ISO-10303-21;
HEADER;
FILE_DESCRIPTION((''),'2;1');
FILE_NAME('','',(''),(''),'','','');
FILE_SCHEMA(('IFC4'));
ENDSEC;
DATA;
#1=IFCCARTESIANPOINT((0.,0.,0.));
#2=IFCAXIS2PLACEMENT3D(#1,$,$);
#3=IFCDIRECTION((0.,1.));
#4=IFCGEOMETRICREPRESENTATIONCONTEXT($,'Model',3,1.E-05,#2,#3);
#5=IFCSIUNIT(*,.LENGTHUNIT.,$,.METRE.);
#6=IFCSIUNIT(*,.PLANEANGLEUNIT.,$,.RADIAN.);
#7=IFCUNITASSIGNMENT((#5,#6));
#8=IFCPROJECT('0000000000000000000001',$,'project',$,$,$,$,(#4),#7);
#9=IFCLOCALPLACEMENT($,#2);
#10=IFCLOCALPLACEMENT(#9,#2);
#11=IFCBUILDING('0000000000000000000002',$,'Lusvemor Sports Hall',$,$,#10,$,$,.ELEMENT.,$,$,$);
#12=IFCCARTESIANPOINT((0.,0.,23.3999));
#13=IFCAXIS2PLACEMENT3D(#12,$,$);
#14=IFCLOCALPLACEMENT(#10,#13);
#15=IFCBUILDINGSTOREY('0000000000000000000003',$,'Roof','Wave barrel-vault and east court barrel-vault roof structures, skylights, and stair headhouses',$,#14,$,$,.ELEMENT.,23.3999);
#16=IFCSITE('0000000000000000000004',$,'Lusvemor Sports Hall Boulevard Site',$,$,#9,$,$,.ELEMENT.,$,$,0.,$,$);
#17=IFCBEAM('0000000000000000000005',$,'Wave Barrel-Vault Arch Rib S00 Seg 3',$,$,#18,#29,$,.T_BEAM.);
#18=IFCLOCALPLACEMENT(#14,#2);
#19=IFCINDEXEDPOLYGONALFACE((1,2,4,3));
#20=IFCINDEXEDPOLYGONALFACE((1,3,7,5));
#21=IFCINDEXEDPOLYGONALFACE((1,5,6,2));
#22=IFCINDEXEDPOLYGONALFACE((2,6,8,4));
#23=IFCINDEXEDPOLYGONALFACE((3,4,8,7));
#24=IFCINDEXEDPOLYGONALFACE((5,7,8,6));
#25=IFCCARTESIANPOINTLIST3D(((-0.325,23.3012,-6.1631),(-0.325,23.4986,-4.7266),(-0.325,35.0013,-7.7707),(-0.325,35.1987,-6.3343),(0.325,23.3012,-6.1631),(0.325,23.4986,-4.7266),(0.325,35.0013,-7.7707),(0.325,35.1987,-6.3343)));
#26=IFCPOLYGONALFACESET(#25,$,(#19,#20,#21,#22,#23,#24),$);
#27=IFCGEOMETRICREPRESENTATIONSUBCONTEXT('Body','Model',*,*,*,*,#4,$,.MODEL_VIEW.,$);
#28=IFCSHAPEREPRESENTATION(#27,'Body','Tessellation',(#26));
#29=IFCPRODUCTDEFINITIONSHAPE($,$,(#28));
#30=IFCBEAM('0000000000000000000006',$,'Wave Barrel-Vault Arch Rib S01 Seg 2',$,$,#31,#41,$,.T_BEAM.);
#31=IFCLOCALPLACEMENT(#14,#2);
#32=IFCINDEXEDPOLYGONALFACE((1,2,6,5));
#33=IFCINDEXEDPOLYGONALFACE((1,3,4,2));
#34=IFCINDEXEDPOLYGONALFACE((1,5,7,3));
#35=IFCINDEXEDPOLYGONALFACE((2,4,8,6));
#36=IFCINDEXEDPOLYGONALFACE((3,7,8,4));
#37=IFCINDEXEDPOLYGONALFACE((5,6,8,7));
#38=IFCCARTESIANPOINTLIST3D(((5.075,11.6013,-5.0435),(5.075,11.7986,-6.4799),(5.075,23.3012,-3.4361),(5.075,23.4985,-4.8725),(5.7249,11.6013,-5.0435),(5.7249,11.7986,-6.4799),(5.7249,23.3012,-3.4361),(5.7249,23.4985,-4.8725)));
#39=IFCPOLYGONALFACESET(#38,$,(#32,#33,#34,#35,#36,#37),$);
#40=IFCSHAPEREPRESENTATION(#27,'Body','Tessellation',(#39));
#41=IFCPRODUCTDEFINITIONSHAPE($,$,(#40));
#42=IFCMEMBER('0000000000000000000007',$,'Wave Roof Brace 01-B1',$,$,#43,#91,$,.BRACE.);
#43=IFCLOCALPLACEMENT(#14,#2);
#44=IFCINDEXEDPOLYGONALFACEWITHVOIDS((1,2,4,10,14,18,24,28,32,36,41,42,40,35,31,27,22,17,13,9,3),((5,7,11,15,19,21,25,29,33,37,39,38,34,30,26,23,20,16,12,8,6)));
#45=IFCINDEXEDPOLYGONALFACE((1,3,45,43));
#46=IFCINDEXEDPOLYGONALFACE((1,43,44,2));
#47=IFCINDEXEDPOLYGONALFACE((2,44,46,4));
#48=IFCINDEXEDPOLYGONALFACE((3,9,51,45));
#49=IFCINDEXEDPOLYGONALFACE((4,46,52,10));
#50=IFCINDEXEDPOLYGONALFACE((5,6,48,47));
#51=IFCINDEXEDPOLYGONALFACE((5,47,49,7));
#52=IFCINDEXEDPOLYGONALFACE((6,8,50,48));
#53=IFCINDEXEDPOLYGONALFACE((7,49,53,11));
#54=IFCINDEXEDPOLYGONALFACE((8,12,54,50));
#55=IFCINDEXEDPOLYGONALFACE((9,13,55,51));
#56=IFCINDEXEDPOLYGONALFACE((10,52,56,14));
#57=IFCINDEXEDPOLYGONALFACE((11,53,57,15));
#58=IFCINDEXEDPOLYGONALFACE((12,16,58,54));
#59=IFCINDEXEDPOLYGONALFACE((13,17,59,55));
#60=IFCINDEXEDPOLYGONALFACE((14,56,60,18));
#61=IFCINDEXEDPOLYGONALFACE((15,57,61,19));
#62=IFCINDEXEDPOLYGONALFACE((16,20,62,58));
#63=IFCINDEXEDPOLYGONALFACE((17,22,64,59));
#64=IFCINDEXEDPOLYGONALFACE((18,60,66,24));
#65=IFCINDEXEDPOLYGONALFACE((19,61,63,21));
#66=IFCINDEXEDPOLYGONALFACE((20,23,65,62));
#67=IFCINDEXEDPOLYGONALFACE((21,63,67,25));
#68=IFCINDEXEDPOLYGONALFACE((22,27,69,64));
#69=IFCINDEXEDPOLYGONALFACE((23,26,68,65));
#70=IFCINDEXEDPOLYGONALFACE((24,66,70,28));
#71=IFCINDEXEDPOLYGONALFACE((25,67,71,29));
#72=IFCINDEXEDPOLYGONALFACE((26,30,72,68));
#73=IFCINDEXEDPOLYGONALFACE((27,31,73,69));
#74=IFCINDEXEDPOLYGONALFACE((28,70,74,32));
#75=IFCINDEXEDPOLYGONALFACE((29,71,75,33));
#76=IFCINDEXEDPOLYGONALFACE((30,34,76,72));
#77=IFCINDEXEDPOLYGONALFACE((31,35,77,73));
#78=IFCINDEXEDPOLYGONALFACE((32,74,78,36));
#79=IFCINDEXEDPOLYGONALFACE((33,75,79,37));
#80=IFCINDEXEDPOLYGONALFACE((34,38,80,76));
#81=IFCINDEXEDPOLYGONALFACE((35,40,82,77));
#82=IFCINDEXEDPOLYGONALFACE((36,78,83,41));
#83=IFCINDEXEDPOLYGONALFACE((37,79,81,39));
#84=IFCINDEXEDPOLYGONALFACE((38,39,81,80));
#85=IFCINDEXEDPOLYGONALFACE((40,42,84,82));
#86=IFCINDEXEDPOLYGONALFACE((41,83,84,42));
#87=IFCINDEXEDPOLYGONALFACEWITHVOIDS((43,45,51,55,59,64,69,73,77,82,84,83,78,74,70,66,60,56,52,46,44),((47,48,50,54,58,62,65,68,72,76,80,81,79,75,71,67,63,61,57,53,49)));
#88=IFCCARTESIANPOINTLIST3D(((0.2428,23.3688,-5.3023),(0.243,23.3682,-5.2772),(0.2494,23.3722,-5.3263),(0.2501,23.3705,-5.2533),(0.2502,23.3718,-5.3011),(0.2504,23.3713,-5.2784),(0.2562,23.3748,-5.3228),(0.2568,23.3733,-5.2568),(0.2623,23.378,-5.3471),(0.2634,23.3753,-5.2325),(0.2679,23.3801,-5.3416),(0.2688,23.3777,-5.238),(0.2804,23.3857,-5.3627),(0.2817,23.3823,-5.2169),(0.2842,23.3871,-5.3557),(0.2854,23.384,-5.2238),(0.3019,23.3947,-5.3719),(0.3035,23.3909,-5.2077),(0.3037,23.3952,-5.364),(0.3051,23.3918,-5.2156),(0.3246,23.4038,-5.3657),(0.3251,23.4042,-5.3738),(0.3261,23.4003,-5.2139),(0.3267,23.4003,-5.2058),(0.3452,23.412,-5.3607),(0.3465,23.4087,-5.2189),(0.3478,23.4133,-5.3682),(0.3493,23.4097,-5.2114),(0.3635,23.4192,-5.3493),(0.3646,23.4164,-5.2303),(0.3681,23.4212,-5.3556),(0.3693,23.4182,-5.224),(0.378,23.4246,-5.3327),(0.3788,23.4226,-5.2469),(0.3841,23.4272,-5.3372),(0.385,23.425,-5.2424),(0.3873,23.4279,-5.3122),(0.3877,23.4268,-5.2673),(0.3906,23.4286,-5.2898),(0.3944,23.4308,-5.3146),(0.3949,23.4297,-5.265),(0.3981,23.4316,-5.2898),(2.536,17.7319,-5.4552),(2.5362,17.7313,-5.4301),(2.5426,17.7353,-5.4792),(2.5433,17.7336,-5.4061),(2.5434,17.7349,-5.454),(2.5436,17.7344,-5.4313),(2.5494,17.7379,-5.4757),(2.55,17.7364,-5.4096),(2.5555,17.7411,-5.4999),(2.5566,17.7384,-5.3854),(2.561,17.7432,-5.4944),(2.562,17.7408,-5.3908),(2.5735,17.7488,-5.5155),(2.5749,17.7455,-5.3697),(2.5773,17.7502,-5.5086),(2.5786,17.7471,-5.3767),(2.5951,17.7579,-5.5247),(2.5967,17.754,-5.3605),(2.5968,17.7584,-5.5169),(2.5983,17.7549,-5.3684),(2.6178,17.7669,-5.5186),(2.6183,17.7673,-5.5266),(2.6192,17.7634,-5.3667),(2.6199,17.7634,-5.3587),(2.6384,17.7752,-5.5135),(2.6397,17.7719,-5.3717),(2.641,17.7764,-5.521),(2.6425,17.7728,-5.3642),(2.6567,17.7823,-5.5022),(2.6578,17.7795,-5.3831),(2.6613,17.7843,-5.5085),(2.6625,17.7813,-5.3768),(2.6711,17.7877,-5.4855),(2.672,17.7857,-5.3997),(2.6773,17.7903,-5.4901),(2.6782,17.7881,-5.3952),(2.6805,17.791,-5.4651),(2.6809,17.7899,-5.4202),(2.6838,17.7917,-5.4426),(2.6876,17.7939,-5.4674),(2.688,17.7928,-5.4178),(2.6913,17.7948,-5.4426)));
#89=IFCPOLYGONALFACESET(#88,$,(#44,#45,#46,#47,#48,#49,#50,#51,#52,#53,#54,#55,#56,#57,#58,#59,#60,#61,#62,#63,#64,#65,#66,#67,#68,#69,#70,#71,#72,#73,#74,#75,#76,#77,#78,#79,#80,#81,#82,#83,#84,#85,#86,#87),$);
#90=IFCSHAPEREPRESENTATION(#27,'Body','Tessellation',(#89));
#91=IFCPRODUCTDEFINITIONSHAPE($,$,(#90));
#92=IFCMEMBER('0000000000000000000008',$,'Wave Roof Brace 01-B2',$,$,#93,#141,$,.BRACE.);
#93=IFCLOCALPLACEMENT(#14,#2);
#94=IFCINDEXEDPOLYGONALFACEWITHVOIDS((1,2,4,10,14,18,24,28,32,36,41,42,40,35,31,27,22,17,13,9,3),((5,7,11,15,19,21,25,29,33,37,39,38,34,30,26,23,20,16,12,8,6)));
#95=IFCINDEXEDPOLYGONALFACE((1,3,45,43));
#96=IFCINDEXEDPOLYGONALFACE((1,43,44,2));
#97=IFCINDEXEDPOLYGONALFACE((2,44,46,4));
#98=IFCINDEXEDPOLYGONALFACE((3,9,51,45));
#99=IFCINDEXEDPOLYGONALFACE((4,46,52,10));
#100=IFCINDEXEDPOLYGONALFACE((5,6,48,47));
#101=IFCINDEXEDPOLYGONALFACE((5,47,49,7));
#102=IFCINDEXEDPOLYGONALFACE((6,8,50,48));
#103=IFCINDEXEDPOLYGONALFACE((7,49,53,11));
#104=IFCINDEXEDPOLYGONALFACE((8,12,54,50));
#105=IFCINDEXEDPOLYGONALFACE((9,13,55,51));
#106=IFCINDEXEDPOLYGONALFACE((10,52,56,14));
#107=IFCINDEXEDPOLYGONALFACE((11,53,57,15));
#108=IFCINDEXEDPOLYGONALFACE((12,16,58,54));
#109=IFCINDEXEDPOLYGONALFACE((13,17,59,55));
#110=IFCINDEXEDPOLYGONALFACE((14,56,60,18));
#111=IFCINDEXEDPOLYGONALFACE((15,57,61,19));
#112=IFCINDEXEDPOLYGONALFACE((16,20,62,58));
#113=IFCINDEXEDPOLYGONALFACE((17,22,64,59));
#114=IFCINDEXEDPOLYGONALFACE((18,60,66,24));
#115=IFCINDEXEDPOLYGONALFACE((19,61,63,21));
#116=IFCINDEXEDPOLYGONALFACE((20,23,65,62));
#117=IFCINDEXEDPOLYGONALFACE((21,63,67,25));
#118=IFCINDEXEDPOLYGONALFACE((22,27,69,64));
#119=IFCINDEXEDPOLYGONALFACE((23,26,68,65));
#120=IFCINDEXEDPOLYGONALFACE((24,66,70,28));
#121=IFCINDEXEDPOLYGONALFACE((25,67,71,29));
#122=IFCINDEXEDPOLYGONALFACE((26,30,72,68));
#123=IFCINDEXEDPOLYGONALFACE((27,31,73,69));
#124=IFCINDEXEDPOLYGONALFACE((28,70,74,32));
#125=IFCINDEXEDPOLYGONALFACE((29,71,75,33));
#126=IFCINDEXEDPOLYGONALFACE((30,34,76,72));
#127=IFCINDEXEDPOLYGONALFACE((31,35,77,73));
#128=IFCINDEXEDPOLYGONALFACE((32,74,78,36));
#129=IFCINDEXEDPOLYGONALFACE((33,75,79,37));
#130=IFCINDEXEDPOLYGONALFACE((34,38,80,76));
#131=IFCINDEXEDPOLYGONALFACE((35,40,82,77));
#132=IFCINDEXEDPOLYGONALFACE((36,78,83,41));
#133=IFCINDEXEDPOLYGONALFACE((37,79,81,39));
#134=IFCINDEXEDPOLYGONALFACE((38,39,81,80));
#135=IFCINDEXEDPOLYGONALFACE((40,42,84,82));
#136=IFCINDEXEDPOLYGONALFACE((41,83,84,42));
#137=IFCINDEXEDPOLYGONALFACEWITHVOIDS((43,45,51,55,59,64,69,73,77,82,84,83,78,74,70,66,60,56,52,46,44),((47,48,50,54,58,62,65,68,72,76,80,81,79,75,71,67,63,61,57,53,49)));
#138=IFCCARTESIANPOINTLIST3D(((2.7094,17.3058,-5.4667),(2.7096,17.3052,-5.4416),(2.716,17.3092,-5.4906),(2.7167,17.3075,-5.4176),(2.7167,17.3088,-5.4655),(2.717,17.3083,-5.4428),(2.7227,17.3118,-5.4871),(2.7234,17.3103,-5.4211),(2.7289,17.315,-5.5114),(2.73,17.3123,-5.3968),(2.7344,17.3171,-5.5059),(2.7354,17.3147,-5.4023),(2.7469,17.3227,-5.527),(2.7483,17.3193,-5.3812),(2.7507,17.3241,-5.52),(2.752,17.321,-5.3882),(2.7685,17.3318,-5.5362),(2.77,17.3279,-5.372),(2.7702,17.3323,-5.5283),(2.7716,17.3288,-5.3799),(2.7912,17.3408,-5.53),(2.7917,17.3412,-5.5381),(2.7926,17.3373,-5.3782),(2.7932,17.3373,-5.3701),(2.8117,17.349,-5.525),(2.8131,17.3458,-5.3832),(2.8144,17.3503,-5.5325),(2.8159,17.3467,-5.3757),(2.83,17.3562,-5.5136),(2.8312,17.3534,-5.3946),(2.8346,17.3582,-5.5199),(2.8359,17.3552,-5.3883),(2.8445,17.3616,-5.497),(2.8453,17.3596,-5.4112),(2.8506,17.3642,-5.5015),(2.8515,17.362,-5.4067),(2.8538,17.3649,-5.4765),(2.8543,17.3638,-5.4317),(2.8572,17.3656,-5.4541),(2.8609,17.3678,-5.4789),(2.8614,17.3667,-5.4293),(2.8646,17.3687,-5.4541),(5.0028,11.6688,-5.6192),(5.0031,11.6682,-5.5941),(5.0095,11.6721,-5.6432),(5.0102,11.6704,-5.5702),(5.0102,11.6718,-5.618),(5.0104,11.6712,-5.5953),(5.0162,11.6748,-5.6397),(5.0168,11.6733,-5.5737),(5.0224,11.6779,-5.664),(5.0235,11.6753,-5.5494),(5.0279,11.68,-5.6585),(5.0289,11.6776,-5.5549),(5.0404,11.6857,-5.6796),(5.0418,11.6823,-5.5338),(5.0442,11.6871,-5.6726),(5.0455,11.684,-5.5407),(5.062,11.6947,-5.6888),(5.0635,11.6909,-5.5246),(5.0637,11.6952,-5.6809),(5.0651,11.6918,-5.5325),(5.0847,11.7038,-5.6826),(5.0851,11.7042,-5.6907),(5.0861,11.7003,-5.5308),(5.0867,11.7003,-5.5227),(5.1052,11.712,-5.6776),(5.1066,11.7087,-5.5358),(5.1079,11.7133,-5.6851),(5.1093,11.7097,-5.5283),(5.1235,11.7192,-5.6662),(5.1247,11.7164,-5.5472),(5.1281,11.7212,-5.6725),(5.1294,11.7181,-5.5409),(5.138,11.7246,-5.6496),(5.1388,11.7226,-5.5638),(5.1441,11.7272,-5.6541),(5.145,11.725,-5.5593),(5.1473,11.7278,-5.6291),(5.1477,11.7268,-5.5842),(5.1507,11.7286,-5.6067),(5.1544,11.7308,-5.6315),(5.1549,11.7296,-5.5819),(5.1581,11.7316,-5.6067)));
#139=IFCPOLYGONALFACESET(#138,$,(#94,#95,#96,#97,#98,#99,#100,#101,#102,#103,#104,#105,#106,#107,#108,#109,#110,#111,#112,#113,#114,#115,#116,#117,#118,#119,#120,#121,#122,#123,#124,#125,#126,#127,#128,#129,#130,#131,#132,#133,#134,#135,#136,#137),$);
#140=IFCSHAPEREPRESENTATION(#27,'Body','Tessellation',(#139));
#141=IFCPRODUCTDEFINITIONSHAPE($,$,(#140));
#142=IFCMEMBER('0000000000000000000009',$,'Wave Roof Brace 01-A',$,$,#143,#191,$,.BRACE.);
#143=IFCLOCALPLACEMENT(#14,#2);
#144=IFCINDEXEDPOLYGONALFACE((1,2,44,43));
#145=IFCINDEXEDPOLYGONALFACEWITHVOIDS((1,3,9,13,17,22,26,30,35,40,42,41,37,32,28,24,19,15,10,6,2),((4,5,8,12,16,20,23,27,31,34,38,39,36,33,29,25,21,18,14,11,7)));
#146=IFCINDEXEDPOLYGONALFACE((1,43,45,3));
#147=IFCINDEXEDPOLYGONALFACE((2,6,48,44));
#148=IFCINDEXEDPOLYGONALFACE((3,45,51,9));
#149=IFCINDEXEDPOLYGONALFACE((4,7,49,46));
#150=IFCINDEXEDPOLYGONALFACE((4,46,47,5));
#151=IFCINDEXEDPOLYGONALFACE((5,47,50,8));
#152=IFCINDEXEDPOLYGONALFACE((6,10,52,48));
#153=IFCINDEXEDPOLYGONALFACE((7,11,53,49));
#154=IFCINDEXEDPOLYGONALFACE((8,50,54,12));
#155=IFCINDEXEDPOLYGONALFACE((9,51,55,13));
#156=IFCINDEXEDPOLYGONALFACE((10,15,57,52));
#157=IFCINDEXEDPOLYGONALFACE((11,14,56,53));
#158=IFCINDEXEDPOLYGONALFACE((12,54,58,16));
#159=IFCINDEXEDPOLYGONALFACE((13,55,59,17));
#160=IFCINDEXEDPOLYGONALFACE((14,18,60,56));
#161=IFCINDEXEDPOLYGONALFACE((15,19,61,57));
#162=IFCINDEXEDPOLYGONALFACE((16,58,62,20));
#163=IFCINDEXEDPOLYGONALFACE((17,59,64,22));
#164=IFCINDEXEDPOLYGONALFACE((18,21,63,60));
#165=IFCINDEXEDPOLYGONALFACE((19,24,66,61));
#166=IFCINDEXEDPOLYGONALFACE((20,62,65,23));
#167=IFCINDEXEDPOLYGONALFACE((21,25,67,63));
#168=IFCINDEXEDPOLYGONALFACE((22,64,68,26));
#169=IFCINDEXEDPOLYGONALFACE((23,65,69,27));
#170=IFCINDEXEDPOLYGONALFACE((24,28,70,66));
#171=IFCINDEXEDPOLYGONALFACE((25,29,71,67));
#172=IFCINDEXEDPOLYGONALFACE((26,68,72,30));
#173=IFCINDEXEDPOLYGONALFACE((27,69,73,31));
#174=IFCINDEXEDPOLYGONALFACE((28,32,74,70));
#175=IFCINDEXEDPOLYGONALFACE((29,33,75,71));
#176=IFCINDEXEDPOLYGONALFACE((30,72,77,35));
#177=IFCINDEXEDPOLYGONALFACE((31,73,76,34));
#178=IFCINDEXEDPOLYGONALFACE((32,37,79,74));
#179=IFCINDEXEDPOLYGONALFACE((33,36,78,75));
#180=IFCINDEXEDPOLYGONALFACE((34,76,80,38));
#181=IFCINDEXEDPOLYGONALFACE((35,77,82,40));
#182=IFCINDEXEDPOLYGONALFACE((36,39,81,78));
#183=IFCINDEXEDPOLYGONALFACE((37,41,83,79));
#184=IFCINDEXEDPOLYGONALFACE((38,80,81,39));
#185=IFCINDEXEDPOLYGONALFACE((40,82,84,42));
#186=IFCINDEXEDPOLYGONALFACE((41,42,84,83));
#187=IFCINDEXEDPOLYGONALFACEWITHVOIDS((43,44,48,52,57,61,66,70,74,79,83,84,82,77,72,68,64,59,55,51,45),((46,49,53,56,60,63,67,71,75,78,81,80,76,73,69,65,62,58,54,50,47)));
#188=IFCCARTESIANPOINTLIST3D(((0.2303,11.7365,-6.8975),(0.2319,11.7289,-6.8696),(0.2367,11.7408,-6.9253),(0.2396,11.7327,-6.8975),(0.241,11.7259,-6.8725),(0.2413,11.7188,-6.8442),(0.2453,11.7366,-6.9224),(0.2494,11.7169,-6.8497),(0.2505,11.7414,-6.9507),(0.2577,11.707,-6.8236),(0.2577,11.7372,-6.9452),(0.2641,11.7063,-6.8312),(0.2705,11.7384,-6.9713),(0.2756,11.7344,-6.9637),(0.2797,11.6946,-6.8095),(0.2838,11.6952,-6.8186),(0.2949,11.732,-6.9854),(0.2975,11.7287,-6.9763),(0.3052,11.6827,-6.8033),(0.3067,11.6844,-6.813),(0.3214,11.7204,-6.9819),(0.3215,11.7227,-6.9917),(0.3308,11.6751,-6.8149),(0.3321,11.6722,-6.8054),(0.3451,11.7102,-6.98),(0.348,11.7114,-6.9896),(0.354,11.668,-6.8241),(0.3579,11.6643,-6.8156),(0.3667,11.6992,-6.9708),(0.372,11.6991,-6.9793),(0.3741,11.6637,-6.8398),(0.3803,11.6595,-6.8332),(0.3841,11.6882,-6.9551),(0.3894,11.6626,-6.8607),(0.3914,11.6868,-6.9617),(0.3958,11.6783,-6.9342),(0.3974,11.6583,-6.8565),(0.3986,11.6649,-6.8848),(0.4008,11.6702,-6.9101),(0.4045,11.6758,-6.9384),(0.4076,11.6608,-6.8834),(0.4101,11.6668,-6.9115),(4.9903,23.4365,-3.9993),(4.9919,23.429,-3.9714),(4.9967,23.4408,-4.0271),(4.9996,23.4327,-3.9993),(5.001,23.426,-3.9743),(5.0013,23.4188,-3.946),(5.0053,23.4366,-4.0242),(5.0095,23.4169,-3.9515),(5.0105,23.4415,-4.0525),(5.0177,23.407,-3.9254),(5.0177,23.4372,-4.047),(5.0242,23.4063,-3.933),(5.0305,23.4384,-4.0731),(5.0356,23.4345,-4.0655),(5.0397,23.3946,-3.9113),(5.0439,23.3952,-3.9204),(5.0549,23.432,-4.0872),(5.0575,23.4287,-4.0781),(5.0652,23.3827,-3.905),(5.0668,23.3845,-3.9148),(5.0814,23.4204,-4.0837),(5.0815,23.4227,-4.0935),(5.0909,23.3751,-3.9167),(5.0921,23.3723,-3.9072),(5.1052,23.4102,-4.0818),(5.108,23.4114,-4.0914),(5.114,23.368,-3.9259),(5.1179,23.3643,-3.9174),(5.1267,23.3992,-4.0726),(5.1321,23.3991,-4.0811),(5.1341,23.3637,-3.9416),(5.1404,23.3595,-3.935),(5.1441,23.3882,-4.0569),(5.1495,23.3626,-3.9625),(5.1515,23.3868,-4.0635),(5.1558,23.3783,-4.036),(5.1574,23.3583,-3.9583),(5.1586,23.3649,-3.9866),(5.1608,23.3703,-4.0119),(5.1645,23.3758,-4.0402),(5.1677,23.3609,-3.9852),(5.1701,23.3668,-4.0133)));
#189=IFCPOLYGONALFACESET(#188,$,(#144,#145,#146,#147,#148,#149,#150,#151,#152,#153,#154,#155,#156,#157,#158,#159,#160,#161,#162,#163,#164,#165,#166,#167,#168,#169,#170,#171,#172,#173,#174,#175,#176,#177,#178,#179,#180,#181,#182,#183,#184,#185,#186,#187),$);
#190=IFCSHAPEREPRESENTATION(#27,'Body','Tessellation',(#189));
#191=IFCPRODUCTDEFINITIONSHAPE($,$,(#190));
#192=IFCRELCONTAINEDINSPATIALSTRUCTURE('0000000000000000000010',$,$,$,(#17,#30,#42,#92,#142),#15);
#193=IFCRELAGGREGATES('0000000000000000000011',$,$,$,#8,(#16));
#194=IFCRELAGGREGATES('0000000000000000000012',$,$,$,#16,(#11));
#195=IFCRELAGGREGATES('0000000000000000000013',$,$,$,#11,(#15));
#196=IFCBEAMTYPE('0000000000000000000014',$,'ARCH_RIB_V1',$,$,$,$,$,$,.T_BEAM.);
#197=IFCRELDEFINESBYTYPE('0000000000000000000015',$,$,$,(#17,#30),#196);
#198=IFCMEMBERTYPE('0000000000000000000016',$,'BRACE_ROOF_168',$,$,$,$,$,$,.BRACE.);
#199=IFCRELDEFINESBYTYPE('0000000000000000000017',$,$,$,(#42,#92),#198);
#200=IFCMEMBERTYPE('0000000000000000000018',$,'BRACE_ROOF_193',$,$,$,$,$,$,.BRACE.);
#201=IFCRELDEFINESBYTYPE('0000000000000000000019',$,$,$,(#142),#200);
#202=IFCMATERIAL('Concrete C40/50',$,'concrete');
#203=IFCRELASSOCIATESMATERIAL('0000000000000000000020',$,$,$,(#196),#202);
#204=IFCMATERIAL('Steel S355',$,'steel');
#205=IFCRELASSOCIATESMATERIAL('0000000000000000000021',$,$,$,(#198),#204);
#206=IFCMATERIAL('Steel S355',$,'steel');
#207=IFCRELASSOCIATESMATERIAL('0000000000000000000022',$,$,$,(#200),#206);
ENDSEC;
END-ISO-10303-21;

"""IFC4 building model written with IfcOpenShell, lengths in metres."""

from ifc_helpers import new_model, si_unit, direction, frame, origin, origin_2d, place, context, subcontext, project, spatial, rectangle, hollow_circle, extrude, material, material_profile, profile_set, type_object, element, save


model = new_model("IFC4")

# Units and contexts
model_context = context("Model", 3, precision=1e-05, world=origin(), true_north=direction((0.0, 1.0)))
body_context = subcontext(model_context, "Body", "Model", "MODEL_VIEW")
ifc_project = project(units=[si_unit("LENGTHUNIT", "METRE"), si_unit("PLANEANGLEUNIT", "RADIAN")], contexts=[model_context])

# Site, building, storey
site_placement = place(None, origin())
site = spatial("IfcSite", under=ifc_project, at=site_placement, Name="Lusvemor Sports Hall Boulevard Site", CompositionType="ELEMENT", RefElevation=0.0)
building_placement = place(site_placement, origin())
building = spatial("IfcBuilding", under=site, at=building_placement, Name="Lusvemor Sports Hall", CompositionType="ELEMENT")
storey_placement = place(building_placement, frame((0.0, 0.0, 23.3999)))
storey = spatial("IfcBuildingStorey", under=building, at=storey_placement, Name="Roof", Description="Wave barrel-vault and east court barrel-vault roof structures, skylights, and stair headhouses", CompositionType="ELEMENT", Elevation=23.3999)

# Beams
ifc_material_1 = material(Name="Concrete C40/50", Category="concrete")
ifc_material_profile_1 = material_profile(ifc_material_1, rectangle(XDim=0.6499, YDim=1.45, at=origin_2d()), Name="RC650x1450")
ifc_profile_set_1 = profile_set([ifc_material_profile_1], Name="Concrete C40/50")
beam_type = type_object("IfcBeamType", Name="ARCH_RIB_V1", PredefinedType="T_BEAM", material=ifc_profile_set_1)
beam_1_placement = place(storey_placement, frame((0.0, 23.3999, -5.4448), z_axis=(0.0, 0.990692, -0.136126), x_axis=(-1.0, 0.0, 0.0)))
element("IfcBeam", 1, at=beam_1_placement, inside=storey, type_object=beam_type, Name="Wave Barrel-Vault Arch Rib S00 Seg 3", PredefinedType="T_BEAM", context=body_context, shape_type="SweptSolid", body=[
    extrude(rectangle(XDim=0.6499, YDim=1.45, at=origin_2d()), origin(), (0.0, 0.0, 1.0), 11.8101),
])
beam_2_placement = place(storey_placement, frame((5.3999, 11.7, -5.7617), z_axis=(0.0, 0.990694, 0.136109), x_axis=(-1.0, 0.0, 0.0)))
element("IfcBeam", 2, at=beam_2_placement, inside=storey, type_object=beam_type, Name="Wave Barrel-Vault Arch Rib S01 Seg 2", PredefinedType="T_BEAM", context=body_context, shape_type="SweptSolid", body=[
    extrude(rectangle(XDim=0.6499, YDim=1.45, at=origin_2d()), origin(), (0.0, 0.0, 1.0), 11.8098),
])

# Members
ifc_material_2 = material(Name="Steel S355", Category="steel")
ifc_material_profile_2 = material_profile(ifc_material_2, hollow_circle(Radius=0.0842, WallThickness=0.0081, at=origin_2d()), Name="CHS168.3x8.0")
ifc_profile_set_2 = profile_set([ifc_material_profile_2], Name="Steel S355")
member_type_1 = type_object("IfcMemberType", Name="BRACE_ROOF_168", PredefinedType="BRACE", material=ifc_profile_set_2)
member_1_placement = place(storey_placement, frame((0.3201, 23.3999, -5.2898), z_axis=(0.376709, -0.925991, -0.025106), x_axis=(0.926283, 0.376828, 0.0)))
element("IfcMember", 3, at=member_1_placement, inside=storey, type_object=member_type_1, Name="Wave Roof Brace 01-B1", PredefinedType="BRACE", context=body_context, shape_type="SweptSolid", body=[
    extrude(hollow_circle(Radius=0.0842, WallThickness=0.0081, at=origin_2d()), origin(), (0.0, 0.0, 1.0), 6.0874),
])
member_2_placement = place(storey_placement, frame((2.7866, 17.3369, -5.4541), z_axis=(0.376744, -0.925978, -0.025065), x_axis=(0.926269, 0.376862, 0.0)))
element("IfcMember", 4, at=member_2_placement, inside=storey, type_object=member_type_1, Name="Wave Roof Brace 01-B2", PredefinedType="BRACE", context=body_context, shape_type="SweptSolid", body=[
    extrude(hollow_circle(Radius=0.0842, WallThickness=0.0081, at=origin_2d()), origin(), (0.0, 0.0, 1.0), 6.0876),
])
ifc_material_3 = material(Name="Steel S355", Category="steel")
ifc_material_profile_3 = material_profile(ifc_material_3, hollow_circle(Radius=0.0969, WallThickness=0.01, at=origin_2d()), Name="CHS193.7x10.0")
ifc_profile_set_3 = profile_set([ifc_material_profile_3], Name="Steel S355")
member_type_2 = type_object("IfcMemberType", Name="BRACE_ROOF_193", PredefinedType="BRACE", material=ifc_profile_set_3)
member_3_placement = place(storey_placement, frame((0.3201, 11.7, -6.8975), z_axis=(0.367302, 0.902816, 0.223636), x_axis=(-0.926276, 0.376846, 0.0)))
element("IfcMember", 5, at=member_3_placement, inside=storey, type_object=member_type_2, Name="Wave Roof Brace 01-A", PredefinedType="BRACE", context=body_context, shape_type="SweptSolid", body=[
    extrude(hollow_circle(Radius=0.0969, WallThickness=0.01, at=origin_2d()), origin(), (0.0, 0.0, 1.0), 12.9595),
])

save(model, "model.ifc")
